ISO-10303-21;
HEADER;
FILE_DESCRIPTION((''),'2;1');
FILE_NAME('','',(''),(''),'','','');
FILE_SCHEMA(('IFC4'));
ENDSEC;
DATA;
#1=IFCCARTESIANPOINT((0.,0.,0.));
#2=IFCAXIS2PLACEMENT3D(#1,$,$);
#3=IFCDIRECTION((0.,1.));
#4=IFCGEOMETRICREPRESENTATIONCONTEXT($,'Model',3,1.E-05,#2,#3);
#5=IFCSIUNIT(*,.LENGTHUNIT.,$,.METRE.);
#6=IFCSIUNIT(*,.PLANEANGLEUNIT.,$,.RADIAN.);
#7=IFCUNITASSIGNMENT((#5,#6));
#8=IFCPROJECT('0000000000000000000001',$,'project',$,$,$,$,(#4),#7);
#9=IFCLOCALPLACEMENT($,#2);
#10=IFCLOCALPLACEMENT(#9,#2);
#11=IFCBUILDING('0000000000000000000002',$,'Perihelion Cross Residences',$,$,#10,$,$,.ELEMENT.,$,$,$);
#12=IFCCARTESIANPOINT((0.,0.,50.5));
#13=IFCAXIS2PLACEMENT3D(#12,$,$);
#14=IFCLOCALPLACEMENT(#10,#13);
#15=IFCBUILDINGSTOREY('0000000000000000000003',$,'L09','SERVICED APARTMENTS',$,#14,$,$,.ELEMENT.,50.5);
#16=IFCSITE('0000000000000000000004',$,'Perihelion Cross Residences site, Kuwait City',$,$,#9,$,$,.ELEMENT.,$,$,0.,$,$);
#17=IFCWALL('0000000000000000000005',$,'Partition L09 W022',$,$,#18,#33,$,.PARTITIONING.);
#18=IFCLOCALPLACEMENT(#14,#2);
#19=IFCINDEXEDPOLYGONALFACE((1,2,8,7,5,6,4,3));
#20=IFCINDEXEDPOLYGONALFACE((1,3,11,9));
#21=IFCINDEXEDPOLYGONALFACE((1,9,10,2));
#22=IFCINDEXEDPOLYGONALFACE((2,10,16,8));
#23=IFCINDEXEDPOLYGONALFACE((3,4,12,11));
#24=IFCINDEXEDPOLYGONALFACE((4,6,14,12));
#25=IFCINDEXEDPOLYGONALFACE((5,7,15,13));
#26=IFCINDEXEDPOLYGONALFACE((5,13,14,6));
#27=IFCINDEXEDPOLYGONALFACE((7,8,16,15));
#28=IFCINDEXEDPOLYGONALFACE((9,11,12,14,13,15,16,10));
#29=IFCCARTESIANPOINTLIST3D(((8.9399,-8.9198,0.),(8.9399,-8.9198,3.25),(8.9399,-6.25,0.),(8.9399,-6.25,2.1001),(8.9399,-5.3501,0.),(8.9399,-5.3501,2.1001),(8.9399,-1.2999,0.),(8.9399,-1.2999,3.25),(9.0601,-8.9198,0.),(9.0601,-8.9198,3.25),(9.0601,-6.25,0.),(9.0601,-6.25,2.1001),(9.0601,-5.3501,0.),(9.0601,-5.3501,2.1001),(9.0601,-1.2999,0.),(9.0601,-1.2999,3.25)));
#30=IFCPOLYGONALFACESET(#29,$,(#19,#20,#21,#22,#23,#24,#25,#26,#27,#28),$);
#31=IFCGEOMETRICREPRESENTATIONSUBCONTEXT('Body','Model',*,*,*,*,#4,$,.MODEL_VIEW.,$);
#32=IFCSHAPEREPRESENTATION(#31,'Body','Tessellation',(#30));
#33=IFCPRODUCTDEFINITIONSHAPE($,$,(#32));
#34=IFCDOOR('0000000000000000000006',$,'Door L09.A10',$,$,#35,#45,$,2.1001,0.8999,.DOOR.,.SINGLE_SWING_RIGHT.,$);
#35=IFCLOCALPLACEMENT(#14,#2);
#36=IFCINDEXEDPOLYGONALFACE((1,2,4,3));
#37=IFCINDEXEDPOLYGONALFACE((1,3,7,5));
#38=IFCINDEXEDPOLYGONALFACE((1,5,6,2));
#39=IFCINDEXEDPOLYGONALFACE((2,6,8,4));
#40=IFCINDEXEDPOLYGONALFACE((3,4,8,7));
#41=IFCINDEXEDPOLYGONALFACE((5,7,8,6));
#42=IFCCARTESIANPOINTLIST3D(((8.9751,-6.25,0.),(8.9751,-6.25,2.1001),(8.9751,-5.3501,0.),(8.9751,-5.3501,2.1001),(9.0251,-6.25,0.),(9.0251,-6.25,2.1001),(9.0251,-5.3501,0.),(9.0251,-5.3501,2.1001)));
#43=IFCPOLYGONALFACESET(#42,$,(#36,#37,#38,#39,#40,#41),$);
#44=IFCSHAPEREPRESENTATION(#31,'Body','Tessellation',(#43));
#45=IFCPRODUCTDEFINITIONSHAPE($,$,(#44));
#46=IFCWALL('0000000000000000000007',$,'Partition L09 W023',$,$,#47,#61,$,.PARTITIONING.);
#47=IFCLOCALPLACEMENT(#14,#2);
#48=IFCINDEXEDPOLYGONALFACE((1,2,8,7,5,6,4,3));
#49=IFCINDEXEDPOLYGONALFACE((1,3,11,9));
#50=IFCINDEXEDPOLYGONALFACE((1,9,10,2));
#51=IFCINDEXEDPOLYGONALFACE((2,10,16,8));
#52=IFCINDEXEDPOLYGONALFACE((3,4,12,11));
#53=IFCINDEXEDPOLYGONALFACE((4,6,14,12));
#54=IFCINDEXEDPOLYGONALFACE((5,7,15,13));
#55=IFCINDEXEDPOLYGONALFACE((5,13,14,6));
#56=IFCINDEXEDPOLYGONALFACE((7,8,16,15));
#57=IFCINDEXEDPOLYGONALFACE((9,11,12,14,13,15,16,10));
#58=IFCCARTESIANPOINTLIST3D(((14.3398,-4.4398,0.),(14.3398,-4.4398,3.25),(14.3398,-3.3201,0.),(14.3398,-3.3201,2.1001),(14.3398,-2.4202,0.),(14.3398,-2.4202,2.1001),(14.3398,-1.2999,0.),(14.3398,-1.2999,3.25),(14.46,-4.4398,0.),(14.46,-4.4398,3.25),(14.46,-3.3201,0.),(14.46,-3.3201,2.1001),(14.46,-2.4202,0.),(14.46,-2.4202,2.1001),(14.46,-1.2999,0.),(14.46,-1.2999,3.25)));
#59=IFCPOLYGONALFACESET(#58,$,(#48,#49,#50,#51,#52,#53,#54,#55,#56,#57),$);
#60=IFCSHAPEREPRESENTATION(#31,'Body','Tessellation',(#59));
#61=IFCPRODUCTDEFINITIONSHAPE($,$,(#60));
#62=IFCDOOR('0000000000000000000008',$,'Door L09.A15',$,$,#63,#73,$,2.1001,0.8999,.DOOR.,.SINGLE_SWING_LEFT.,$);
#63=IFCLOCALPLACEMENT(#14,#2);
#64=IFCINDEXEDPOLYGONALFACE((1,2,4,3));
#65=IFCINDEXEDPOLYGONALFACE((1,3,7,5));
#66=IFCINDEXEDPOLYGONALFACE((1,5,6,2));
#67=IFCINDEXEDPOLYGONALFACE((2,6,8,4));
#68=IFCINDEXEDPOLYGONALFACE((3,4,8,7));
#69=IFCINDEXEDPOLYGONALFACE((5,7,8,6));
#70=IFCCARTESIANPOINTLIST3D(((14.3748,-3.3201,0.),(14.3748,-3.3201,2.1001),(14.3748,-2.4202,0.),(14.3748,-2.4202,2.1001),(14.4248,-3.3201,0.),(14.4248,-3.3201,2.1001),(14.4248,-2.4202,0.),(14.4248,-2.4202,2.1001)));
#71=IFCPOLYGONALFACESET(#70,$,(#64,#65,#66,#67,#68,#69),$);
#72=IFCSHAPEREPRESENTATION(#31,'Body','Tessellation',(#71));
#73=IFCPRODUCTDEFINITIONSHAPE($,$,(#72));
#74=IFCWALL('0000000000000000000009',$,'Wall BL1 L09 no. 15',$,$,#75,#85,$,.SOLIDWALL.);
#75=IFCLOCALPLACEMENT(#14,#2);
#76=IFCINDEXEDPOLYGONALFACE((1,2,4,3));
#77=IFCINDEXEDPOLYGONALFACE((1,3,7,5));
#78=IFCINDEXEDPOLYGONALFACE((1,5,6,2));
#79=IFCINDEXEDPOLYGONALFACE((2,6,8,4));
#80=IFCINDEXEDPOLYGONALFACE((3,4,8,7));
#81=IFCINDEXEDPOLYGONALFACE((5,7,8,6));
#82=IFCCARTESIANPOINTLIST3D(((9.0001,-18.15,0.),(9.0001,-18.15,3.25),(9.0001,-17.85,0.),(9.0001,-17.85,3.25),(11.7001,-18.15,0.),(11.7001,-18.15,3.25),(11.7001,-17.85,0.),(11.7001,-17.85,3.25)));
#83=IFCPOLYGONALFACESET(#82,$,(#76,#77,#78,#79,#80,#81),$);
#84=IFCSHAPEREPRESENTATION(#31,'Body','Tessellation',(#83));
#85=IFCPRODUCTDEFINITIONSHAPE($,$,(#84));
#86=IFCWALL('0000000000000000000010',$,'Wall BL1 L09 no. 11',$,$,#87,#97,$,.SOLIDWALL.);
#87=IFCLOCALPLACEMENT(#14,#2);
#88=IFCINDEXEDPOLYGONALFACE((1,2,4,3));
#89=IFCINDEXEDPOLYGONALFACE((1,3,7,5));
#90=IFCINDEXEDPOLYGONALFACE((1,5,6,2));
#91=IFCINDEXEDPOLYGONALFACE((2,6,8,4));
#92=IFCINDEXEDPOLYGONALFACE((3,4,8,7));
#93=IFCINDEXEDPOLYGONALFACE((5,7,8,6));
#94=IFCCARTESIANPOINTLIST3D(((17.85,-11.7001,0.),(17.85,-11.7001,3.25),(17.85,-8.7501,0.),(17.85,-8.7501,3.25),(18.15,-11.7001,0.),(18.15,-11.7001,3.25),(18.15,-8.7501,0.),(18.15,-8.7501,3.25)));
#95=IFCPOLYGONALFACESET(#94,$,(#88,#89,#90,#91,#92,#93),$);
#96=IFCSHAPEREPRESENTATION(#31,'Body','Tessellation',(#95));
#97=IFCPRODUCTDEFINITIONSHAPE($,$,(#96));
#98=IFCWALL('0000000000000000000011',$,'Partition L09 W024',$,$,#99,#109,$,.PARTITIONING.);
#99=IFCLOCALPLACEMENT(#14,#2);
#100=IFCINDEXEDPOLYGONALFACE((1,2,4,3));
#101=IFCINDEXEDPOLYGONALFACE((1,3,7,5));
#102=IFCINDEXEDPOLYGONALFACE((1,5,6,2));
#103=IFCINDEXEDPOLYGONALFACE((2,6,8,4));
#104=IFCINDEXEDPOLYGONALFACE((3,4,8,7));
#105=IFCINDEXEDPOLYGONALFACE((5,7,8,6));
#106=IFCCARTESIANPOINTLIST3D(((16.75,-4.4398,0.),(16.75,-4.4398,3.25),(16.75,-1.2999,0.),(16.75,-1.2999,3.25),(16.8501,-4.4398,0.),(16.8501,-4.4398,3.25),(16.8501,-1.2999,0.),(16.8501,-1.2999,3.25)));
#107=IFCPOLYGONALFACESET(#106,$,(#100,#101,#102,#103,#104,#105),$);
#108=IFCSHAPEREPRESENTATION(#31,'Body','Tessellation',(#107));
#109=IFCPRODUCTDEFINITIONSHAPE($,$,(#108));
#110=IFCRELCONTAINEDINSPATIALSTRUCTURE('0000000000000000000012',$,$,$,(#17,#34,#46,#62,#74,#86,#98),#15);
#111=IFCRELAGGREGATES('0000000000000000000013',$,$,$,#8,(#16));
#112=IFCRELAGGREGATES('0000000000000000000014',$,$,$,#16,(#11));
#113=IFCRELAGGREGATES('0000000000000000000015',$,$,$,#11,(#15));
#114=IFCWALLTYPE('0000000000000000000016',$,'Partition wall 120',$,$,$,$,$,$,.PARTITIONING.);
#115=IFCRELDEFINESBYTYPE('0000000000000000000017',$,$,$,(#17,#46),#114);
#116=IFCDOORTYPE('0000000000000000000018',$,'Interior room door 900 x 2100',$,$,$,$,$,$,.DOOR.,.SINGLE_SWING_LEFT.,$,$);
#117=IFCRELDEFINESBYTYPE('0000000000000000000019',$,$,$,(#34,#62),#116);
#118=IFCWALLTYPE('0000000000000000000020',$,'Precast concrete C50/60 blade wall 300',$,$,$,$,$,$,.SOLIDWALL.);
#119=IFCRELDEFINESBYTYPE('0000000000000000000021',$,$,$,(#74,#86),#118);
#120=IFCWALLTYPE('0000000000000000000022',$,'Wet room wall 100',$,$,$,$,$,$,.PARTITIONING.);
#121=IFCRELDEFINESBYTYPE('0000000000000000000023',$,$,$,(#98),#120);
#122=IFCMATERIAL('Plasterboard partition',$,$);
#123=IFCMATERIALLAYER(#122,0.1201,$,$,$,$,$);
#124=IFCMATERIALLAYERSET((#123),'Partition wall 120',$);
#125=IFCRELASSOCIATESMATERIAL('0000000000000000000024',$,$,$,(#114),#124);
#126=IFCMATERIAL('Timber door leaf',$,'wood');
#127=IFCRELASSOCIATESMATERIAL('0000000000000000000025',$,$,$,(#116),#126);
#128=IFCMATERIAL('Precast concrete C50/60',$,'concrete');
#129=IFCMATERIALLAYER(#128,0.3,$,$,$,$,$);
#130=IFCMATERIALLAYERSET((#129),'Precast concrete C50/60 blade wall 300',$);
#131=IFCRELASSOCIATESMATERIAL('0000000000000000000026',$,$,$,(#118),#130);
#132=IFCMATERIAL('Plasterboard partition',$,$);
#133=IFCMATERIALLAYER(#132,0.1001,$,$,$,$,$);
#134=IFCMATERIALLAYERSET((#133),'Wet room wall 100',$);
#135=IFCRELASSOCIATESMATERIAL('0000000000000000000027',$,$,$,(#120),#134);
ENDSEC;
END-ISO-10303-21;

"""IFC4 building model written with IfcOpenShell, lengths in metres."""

from ifc_helpers import new_model, si_unit, direction, frame, frame_2d, origin, place, context, subcontext, project, spatial, rectangle, extrude, material, layer, layer_set, type_object, element, fill, save


model = new_model("IFC4")

# Units and contexts
model_context = context("Model", 3, precision=1e-05, world=origin(), true_north=direction((0.0, 1.0)))
body_context = subcontext(model_context, "Body", "Model", "MODEL_VIEW")
ifc_project = project(units=[si_unit("LENGTHUNIT", "METRE"), si_unit("PLANEANGLEUNIT", "RADIAN")], contexts=[model_context])

# Site, building, storey
site_placement = place(None, origin())
site = spatial("IfcSite", under=ifc_project, at=site_placement, Name="Perihelion Cross Residences site, Kuwait City", CompositionType="ELEMENT", RefElevation=0.0)
building_placement = place(site_placement, origin())
building = spatial("IfcBuilding", under=site, at=building_placement, Name="Perihelion Cross Residences", CompositionType="ELEMENT")
storey_placement = place(building_placement, frame((0.0, 0.0, 50.5)))
storey = spatial("IfcBuildingStorey", under=building, at=storey_placement, Name="L09", Description="SERVICED APARTMENTS", CompositionType="ELEMENT", Elevation=50.5)

# Walls, openings, doors
ifc_material_1 = material(Name="Plasterboard partition")
ifc_layer_1 = layer(ifc_material_1, 0.1201)
ifc_layer_set_1 = layer_set([ifc_layer_1], Name="Partition wall 120")
wall_type_1 = type_object("IfcWallType", Name="Partition wall 120", PredefinedType="PARTITIONING", material=ifc_layer_set_1)
ifc_material_2 = material(Name="Timber door leaf", Category="wood")
door_type_1 = type_object("IfcDoorType", Name="Interior room door 900 x 2100", OperationType="SINGLE_SWING_LEFT", PredefinedType="DOOR", material=ifc_material_2)
wall_1_placement = place(storey_placement, frame((9.0, -8.9199, 0.0), z_axis=(0.0, 0.0, 1.0), x_axis=(0.0, 1.0, 0.0)))
wall_1 = element("IfcWall", 1, at=wall_1_placement, inside=storey, type_object=wall_type_1, Name="Partition L09 W022", PredefinedType="PARTITIONING", context=body_context, shape_type="SweptSolid", body=[
    extrude(rectangle(XDim=7.6199, YDim=0.1201, at=frame_2d((3.8101, 0.0))), origin(), (0.0, 0.0, 1.0), 3.25),
])
opening_1_placement = place(wall_1_placement, frame((2.6699, 0.0, 0.0)))
opening_1 = element("IfcOpeningElement", 2, at=opening_1_placement, cuts=wall_1, PredefinedType="OPENING", context=body_context, shape_type="SweptSolid", body=[
    extrude(rectangle(XDim=0.8999, YDim=2.1001, at=frame_2d((0.45, 1.05))), frame((0.0, 0.0701, 0.0), z_axis=(0.0, -1.0, 0.0), x_axis=(1.0, 0.0, 0.0)), (0.0, 0.0, 1.0), 0.1401),
])
door_1_placement = place(opening_1_placement, origin())
door_1 = element("IfcDoor", 3, at=door_1_placement, inside=storey, type_object=door_type_1, Name="Door L09.A10", OperationType="SINGLE_SWING_RIGHT", OverallHeight=2.1001, OverallWidth=0.8999, PredefinedType="DOOR", context=body_context, shape_type="SweptSolid", body=[
    extrude(rectangle(XDim=0.8999, YDim=2.1001, at=frame_2d((0.45, 1.05))), frame((0.0, 0.0249, 0.0), z_axis=(0.0, -1.0, 0.0), x_axis=(1.0, 0.0, 0.0)), (0.0, 0.0, 1.0), 0.05),
])
fill(opening_1, door_1)
wall_2_placement = place(storey_placement, frame((14.3999, -1.3, 0.0), z_axis=(0.0, 0.0, 1.0), x_axis=(0.0, -1.0, 0.0)))
wall_2 = element("IfcWall", 4, at=wall_2_placement, inside=storey, type_object=wall_type_1, Name="Partition L09 W023", PredefinedType="PARTITIONING", context=body_context, shape_type="SweptSolid", body=[
    extrude(rectangle(XDim=3.1399, YDim=0.1201, at=frame_2d((1.5698, 0.0))), origin(), (0.0, 0.0, 1.0), 3.25),
])
opening_2_placement = place(wall_2_placement, frame((1.1201, 0.0, 0.0)))
opening_2 = element("IfcOpeningElement", 5, at=opening_2_placement, cuts=wall_2, PredefinedType="OPENING", context=body_context, shape_type="SweptSolid", body=[
    extrude(rectangle(XDim=0.8999, YDim=2.1001, at=frame_2d((0.45, 1.05))), frame((0.0, 0.0701, 0.0), z_axis=(0.0, -1.0, 0.0), x_axis=(1.0, 0.0, 0.0)), (0.0, 0.0, 1.0), 0.1401),
])
door_2_placement = place(opening_2_placement, origin())
door_2 = element("IfcDoor", 6, at=door_2_placement, inside=storey, type_object=door_type_1, Name="Door L09.A15", OperationType="SINGLE_SWING_LEFT", OverallHeight=2.1001, OverallWidth=0.8999, PredefinedType="DOOR", context=body_context, shape_type="SweptSolid", body=[
    extrude(rectangle(XDim=0.8999, YDim=2.1001, at=frame_2d((0.45, 1.05))), frame((0.0, 0.0249, 0.0), z_axis=(0.0, -1.0, 0.0), x_axis=(1.0, 0.0, 0.0)), (0.0, 0.0, 1.0), 0.05),
])
fill(opening_2, door_2)

# Walls
ifc_material_3 = material(Name="Precast concrete C50/60", Category="concrete")
ifc_layer_2 = layer(ifc_material_3, 0.3)
ifc_layer_set_2 = layer_set([ifc_layer_2], Name="Precast concrete C50/60 blade wall 300")
wall_type_2 = type_object("IfcWallType", Name="Precast concrete C50/60 blade wall 300", PredefinedType="SOLIDWALL", material=ifc_layer_set_2)
wall_3_placement = place(storey_placement, frame((9.0, -18.0, 0.0), z_axis=(0.0, 0.0, 1.0), x_axis=(1.0, 0.0, 0.0)))
element("IfcWall", 7, at=wall_3_placement, inside=storey, type_object=wall_type_2, Name="Wall BL1 L09 no. 15", PredefinedType="SOLIDWALL", context=body_context, shape_type="SweptSolid", body=[
    extrude(rectangle(XDim=2.7, YDim=0.3, at=frame_2d((1.3501, 0.0))), origin(), (0.0, 0.0, 1.0), 3.25),
])
wall_4_placement = place(storey_placement, frame((18.0, -8.75, 0.0), z_axis=(0.0, 0.0, 1.0), x_axis=(0.0, -1.0, 0.0)))
element("IfcWall", 8, at=wall_4_placement, inside=storey, type_object=wall_type_2, Name="Wall BL1 L09 no. 11", PredefinedType="SOLIDWALL", context=body_context, shape_type="SweptSolid", body=[
    extrude(rectangle(XDim=2.95, YDim=0.3, at=frame_2d((1.4751, 0.0))), origin(), (0.0, 0.0, 1.0), 3.25),
])
ifc_material_4 = material(Name="Plasterboard partition")
ifc_layer_3 = layer(ifc_material_4, 0.1001)
ifc_layer_set_3 = layer_set([ifc_layer_3], Name="Wet room wall 100")
wall_type_3 = type_object("IfcWallType", Name="Wet room wall 100", PredefinedType="PARTITIONING", material=ifc_layer_set_3)
wall_5_placement = place(storey_placement, frame((16.8, -1.3, 0.0), z_axis=(0.0, 0.0, 1.0), x_axis=(0.0, -1.0, 0.0)))
element("IfcWall", 9, at=wall_5_placement, inside=storey, type_object=wall_type_3, Name="Partition L09 W024", PredefinedType="PARTITIONING", context=body_context, shape_type="SweptSolid", body=[
    extrude(rectangle(XDim=3.1399, YDim=0.1001, at=frame_2d((1.5698, 0.0))), origin(), (0.0, 0.0, 1.0), 3.25),
])

save(model, "model.ifc")
